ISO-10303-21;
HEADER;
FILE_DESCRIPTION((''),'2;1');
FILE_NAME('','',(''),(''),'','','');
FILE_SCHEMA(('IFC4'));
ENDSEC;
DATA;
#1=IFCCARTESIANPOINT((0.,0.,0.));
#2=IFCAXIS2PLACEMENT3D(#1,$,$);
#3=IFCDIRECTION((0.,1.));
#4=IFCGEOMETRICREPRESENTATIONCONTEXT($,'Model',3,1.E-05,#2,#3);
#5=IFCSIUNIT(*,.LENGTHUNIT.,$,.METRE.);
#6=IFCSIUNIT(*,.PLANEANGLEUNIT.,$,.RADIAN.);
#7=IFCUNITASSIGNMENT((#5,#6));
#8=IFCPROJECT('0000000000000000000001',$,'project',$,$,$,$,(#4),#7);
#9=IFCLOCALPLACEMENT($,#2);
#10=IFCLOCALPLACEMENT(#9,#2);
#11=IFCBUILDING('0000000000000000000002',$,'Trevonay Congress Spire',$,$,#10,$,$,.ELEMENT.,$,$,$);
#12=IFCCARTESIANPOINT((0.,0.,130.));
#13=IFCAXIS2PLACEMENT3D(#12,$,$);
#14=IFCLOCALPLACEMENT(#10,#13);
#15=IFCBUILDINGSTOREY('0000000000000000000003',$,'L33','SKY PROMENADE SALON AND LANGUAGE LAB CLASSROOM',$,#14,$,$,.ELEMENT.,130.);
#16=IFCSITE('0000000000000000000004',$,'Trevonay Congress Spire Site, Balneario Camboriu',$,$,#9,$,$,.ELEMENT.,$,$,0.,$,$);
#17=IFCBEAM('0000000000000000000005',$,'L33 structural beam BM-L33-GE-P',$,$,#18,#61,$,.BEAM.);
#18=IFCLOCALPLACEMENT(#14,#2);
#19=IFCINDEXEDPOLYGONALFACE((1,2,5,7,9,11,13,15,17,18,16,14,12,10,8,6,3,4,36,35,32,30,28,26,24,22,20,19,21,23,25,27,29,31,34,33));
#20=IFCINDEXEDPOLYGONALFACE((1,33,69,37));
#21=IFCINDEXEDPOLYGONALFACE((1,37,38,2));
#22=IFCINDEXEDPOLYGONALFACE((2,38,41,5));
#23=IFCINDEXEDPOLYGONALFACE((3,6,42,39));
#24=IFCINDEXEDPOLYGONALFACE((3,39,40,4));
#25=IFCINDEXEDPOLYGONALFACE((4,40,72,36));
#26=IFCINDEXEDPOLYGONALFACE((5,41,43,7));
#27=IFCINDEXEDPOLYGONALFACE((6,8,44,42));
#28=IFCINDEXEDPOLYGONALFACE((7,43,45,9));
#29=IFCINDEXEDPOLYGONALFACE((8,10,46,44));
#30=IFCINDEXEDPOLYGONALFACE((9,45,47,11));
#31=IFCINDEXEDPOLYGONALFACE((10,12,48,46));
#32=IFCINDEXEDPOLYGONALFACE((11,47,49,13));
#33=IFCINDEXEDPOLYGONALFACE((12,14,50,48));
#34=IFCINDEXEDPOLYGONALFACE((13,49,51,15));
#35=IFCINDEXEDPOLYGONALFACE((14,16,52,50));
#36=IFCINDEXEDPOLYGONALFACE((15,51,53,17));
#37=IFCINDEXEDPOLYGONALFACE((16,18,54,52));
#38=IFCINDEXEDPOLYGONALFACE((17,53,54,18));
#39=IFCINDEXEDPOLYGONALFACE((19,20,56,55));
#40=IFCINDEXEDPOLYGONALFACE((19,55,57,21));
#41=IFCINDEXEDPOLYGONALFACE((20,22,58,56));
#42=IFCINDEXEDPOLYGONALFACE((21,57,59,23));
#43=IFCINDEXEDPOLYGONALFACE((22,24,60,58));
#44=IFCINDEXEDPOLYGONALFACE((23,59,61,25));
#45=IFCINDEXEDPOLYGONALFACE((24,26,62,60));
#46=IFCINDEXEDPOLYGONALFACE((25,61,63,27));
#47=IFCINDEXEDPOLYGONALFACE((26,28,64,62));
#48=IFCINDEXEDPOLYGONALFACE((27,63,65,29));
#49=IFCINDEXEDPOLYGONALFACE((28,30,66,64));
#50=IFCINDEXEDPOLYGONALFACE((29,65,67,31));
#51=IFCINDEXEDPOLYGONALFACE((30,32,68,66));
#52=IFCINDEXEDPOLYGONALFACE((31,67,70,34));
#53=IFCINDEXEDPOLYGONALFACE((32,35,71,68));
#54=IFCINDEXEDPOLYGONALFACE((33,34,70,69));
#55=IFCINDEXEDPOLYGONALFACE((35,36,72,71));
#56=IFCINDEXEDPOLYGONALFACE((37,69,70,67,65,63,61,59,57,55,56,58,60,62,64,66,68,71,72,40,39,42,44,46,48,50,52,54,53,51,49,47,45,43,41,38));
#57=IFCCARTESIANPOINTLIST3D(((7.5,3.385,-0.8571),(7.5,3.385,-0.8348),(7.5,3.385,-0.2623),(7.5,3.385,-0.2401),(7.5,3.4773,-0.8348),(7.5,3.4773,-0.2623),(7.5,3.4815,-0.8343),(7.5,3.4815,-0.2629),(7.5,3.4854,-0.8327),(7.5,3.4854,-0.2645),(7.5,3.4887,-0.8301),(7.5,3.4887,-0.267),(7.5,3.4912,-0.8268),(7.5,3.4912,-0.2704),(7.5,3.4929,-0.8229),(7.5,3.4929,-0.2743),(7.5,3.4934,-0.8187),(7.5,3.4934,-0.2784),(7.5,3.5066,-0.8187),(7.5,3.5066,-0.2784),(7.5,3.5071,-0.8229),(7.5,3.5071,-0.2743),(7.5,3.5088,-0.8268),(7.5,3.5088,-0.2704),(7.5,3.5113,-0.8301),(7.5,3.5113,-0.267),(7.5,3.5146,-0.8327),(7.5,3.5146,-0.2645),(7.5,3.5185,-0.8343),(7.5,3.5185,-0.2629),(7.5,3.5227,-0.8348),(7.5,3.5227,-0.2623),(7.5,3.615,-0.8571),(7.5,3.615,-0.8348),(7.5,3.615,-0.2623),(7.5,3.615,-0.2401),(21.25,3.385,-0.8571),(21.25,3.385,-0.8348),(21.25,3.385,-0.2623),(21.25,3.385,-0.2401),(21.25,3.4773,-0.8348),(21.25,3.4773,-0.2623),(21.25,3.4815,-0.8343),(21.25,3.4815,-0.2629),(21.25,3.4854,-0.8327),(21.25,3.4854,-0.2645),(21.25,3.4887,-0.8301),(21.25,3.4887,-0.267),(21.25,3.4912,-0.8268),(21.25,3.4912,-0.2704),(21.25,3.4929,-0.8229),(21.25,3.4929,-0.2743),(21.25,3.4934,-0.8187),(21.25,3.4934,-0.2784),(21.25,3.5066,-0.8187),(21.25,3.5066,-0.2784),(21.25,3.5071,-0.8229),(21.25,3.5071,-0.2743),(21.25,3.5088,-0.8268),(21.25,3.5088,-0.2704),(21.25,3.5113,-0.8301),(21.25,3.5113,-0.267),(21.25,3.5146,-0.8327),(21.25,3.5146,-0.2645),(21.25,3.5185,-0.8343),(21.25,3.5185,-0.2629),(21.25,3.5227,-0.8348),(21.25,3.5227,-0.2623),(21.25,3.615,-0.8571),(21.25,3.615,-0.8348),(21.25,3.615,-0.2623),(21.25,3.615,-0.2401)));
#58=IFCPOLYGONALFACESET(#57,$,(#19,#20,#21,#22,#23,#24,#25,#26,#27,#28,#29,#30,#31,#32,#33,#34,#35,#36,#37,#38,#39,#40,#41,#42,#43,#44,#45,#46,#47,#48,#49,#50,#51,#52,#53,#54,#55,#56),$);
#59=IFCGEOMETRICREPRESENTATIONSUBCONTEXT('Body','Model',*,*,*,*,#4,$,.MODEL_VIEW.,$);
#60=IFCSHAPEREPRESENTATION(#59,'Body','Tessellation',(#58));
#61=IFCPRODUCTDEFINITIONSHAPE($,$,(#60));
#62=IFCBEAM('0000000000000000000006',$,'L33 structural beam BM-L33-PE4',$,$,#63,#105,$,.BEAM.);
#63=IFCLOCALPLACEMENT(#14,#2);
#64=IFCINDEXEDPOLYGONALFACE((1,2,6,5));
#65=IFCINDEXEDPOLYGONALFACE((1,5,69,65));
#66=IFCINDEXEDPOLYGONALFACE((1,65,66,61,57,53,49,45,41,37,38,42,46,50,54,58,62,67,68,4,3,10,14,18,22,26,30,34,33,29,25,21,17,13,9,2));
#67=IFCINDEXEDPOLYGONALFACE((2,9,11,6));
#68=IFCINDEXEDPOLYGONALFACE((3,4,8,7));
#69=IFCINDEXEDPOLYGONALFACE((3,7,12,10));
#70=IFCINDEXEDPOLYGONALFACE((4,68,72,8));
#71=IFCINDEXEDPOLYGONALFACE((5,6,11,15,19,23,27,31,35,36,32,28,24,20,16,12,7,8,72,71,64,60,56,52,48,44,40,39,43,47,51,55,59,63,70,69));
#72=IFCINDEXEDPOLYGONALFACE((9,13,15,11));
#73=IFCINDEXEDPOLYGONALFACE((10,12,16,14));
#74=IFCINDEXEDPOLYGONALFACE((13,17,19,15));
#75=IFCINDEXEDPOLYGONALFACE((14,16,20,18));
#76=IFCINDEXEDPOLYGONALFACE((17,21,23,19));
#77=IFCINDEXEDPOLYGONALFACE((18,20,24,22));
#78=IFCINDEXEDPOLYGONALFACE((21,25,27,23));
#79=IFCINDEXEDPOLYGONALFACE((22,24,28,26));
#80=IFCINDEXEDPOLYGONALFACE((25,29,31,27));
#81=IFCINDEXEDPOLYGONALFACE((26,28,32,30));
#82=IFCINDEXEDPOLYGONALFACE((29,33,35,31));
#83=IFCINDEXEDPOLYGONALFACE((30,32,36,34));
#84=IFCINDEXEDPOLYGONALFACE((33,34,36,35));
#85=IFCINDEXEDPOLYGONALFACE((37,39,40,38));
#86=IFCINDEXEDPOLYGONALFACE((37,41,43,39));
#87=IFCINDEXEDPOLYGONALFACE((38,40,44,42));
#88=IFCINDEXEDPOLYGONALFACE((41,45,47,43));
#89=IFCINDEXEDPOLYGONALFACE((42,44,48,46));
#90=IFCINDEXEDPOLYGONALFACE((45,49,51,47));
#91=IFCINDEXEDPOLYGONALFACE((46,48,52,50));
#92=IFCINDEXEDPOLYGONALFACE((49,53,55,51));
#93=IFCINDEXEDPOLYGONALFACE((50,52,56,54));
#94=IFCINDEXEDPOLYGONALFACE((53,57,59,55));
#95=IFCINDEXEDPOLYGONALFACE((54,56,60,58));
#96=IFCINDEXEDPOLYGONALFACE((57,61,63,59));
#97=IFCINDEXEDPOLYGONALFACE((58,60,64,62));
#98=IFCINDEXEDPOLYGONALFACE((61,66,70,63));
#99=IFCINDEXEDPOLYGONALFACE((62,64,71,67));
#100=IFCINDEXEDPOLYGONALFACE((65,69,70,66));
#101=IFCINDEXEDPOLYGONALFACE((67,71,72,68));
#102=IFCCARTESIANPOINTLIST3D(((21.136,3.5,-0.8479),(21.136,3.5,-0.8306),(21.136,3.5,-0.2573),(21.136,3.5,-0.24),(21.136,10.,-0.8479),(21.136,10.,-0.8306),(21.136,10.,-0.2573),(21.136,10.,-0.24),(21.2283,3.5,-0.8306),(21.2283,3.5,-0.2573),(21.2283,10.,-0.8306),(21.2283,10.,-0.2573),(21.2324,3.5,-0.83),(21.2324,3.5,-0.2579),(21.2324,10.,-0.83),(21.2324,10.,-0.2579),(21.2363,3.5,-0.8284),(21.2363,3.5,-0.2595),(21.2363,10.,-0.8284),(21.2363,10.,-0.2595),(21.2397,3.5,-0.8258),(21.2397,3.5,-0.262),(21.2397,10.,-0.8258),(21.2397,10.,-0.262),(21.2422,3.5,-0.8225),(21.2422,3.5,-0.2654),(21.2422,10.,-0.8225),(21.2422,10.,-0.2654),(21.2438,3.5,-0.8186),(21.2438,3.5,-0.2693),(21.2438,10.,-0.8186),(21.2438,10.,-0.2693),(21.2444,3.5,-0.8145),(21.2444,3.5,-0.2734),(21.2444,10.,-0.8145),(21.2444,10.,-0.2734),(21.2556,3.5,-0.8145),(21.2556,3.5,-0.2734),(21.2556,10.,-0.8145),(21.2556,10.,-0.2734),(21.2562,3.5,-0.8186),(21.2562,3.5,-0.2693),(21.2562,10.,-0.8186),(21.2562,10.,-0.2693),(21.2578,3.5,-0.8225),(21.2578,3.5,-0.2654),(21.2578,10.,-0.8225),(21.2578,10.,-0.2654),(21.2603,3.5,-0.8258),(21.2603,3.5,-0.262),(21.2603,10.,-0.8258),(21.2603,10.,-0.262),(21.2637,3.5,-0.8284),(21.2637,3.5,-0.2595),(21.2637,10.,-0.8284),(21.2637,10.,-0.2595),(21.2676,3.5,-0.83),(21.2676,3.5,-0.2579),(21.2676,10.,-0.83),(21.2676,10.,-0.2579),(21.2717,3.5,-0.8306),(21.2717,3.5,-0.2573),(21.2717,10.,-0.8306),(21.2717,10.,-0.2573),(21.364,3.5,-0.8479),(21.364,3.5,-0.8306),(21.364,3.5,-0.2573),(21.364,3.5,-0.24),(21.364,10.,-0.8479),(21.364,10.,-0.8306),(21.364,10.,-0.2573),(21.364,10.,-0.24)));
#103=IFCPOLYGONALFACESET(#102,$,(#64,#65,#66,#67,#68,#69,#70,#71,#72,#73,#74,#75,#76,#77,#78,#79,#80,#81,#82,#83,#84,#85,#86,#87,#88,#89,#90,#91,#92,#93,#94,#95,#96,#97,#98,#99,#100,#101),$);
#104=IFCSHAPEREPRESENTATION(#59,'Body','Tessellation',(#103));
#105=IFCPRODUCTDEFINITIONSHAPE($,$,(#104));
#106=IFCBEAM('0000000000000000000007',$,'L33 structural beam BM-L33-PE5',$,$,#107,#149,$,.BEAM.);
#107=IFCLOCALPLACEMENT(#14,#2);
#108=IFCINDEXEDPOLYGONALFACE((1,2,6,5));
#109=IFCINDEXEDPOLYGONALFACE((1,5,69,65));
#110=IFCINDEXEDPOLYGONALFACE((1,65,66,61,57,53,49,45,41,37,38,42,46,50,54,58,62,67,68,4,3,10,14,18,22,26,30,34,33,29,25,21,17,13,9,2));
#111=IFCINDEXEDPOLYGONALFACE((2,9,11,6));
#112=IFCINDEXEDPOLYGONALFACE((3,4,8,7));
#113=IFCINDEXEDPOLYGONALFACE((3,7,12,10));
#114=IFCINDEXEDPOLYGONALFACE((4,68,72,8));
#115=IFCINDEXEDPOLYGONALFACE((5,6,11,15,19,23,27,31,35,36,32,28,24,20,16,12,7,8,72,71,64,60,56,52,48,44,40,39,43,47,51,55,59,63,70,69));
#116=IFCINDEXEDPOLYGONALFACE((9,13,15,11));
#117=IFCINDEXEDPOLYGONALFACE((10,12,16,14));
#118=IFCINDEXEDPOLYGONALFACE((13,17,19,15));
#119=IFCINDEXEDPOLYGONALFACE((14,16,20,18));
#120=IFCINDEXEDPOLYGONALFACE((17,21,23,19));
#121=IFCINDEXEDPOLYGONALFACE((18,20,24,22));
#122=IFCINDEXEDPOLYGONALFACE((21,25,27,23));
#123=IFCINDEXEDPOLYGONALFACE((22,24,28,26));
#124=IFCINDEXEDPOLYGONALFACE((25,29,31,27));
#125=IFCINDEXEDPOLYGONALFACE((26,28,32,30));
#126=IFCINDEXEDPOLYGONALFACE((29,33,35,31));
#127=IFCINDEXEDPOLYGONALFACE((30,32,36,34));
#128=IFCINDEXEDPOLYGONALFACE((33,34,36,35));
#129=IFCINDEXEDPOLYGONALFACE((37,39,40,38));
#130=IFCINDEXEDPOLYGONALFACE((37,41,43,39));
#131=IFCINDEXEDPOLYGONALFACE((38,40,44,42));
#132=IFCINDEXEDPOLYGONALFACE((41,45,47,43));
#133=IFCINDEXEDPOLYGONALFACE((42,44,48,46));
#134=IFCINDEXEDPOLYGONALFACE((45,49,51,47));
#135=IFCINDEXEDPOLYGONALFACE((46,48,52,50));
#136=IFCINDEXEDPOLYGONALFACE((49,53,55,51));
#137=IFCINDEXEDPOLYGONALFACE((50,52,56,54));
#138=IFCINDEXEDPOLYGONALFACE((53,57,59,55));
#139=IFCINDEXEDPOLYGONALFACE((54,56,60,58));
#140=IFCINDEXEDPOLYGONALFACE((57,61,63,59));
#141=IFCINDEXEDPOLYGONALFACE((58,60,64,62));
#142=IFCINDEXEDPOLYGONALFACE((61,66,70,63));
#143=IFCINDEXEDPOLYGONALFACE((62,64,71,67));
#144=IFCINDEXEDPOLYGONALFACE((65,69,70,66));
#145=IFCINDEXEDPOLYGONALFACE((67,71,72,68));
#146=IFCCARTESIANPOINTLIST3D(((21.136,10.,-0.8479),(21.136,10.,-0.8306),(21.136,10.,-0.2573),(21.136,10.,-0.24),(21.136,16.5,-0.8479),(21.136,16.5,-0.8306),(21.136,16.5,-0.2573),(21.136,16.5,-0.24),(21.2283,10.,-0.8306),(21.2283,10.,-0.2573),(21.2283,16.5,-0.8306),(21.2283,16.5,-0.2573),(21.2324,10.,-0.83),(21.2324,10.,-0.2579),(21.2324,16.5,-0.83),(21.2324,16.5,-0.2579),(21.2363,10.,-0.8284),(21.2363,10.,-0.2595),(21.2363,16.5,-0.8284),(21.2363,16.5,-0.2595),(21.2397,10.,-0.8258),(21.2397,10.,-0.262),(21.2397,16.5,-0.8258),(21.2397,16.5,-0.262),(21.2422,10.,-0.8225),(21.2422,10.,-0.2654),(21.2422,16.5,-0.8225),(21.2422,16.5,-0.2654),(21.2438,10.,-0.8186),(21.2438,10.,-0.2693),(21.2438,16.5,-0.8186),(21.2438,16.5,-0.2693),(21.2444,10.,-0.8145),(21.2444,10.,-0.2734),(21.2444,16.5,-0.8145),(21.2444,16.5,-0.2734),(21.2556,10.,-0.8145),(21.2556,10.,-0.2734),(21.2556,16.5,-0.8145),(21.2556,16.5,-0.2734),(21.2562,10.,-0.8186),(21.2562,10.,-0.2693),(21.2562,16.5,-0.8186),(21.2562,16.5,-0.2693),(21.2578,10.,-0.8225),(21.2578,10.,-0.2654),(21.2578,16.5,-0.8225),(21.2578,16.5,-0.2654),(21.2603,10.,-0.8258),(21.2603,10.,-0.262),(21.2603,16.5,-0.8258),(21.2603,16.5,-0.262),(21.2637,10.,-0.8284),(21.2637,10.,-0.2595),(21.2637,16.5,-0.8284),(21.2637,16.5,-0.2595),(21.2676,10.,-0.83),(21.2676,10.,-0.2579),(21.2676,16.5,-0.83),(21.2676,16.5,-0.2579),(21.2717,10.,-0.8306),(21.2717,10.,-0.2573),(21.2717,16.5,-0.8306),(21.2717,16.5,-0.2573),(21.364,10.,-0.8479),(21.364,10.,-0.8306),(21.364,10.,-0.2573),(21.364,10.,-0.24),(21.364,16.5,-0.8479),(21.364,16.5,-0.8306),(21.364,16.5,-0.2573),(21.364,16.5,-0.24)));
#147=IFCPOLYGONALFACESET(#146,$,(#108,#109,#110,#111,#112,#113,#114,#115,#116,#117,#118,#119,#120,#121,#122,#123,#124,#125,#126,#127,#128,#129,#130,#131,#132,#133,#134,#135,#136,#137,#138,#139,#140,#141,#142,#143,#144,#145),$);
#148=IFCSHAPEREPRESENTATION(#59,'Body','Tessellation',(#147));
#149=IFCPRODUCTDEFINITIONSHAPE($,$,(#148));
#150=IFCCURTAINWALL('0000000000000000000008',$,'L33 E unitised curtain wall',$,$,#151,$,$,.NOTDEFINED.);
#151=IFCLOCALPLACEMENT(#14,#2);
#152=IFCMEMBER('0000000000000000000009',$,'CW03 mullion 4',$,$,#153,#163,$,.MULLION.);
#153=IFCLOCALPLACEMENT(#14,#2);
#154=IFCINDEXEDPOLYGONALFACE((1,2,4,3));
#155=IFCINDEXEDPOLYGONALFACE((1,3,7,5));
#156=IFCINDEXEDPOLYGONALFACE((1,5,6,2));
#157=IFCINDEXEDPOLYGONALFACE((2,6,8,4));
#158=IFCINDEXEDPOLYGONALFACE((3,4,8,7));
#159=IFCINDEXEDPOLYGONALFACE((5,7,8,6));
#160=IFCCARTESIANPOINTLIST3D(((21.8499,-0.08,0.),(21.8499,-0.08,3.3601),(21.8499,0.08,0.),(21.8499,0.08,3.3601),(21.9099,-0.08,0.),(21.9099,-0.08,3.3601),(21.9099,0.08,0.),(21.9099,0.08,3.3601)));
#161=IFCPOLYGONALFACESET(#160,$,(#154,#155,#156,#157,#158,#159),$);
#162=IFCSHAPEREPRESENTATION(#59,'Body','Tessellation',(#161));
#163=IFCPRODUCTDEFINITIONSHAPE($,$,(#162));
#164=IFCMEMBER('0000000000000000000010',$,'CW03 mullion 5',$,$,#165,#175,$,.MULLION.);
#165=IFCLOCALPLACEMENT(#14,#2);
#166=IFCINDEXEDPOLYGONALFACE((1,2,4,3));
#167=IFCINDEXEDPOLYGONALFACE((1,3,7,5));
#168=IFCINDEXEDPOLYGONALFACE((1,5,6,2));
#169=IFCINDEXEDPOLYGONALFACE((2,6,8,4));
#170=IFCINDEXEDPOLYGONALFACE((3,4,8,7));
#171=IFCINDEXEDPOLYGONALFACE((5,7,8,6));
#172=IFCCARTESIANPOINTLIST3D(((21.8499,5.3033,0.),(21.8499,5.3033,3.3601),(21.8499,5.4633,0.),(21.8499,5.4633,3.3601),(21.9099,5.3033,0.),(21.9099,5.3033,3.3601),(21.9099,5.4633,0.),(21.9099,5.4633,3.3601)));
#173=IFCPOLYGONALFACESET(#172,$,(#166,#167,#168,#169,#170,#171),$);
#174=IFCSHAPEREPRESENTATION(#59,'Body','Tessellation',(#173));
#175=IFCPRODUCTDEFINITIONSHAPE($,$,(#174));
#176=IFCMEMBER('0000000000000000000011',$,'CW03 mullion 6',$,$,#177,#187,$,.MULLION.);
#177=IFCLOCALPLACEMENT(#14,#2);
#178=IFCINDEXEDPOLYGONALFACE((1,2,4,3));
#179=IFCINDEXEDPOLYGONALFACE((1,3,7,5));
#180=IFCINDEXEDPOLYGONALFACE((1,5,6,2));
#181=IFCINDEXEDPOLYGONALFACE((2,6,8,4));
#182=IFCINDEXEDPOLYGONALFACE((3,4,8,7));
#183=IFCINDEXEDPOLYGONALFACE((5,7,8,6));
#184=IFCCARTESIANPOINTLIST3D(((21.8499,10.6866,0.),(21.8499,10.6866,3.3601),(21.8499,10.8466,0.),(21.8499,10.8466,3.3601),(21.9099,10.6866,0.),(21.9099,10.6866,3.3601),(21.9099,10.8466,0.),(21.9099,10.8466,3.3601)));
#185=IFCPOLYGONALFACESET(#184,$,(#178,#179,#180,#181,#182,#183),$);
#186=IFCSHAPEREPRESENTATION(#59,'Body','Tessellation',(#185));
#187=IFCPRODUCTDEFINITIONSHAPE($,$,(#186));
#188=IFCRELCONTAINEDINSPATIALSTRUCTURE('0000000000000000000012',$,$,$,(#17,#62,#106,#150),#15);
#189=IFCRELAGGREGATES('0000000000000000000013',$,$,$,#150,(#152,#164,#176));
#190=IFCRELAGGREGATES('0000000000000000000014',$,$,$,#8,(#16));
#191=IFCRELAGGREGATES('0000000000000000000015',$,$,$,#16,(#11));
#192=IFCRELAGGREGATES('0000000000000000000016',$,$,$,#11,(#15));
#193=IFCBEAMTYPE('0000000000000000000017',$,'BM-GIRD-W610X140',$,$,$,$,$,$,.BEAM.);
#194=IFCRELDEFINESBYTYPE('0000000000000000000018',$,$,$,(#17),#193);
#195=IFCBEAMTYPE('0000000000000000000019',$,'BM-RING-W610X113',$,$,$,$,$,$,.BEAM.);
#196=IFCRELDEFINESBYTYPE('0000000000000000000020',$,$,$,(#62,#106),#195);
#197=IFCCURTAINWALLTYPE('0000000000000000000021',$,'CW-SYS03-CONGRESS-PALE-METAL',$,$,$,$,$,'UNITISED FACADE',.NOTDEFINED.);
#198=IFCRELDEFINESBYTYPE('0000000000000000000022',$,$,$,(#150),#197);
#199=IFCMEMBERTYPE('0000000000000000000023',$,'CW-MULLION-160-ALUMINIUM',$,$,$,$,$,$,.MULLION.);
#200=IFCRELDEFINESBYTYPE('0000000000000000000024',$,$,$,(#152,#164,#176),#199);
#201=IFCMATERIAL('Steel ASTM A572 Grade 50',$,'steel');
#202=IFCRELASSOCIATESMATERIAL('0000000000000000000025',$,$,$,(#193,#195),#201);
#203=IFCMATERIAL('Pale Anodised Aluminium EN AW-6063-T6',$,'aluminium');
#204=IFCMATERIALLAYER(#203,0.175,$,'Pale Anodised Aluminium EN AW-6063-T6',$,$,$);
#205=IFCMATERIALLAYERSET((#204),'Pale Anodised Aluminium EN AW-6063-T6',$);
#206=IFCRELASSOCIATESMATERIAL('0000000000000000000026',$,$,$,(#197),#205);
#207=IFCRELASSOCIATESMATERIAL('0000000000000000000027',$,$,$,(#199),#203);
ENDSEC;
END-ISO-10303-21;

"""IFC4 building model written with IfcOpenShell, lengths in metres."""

from ifc_helpers import new_model, si_unit, direction, frame, origin, origin_2d, place, context, subcontext, project, spatial, rectangle, i_section, extrude, material, layer, layer_set, material_profile, profile_set, type_object, element, aggregate, save


model = new_model("IFC4")

# Units and contexts
model_context = context("Model", 3, precision=1e-05, world=origin(), true_north=direction((0.0, 1.0)))
body_context = subcontext(model_context, "Body", "Model", "MODEL_VIEW")
ifc_project = project(units=[si_unit("LENGTHUNIT", "METRE"), si_unit("PLANEANGLEUNIT", "RADIAN")], contexts=[model_context])

# Site, building, storey
site_placement = place(None, origin())
site = spatial("IfcSite", under=ifc_project, at=site_placement, Name="Trevonay Congress Spire Site, Balneario Camboriu", CompositionType="ELEMENT", RefElevation=0.0)
building_placement = place(site_placement, origin())
building = spatial("IfcBuilding", under=site, at=building_placement, Name="Trevonay Congress Spire", CompositionType="ELEMENT")
storey_placement = place(building_placement, frame((0.0, 0.0, 130.0)))
storey = spatial("IfcBuildingStorey", under=building, at=storey_placement, Name="L33", Description="SKY PROMENADE SALON AND LANGUAGE LAB CLASSROOM", CompositionType="ELEMENT", Elevation=130.0)

# Shared definitions
ifc_material_1 = material(Name="Steel ASTM A572 Grade 50", Category="steel")

# Beams
ifc_material_profile_1 = material_profile(ifc_material_1, i_section(OverallWidth=0.23, OverallDepth=0.6169, WebThickness=0.0132, FlangeThickness=0.0222, FilletRadius=0.0161, at=origin_2d()), Name="W610x140")
ifc_profile_set_1 = profile_set([ifc_material_profile_1], Name="Steel ASTM A572 Grade 50")
beam_type_1 = type_object("IfcBeamType", Name="BM-GIRD-W610X140", PredefinedType="BEAM", material=ifc_profile_set_1)
beam_1_placement = place(storey_placement, frame((7.5, 3.5, -0.5486), z_axis=(1.0, 0.0, 0.0), x_axis=(0.0, 1.0, 0.0)))
element("IfcBeam", 1, at=beam_1_placement, inside=storey, type_object=beam_type_1, Name="L33 structural beam BM-L33-GE-P", PredefinedType="BEAM", context=body_context, shape_type="SweptSolid", body=[
    extrude(i_section(OverallWidth=0.23, OverallDepth=0.6169, WebThickness=0.0132, FlangeThickness=0.0222, FilletRadius=0.0161, at=origin_2d()), origin(), (0.0, 0.0, 1.0), 13.75),
])
ifc_material_profile_2 = material_profile(ifc_material_1, i_section(OverallWidth=0.228, OverallDepth=0.6079, WebThickness=0.0112, FlangeThickness=0.0173, FilletRadius=0.0161, at=origin_2d()), Name="W610x113")
ifc_profile_set_2 = profile_set([ifc_material_profile_2], Name="Steel ASTM A572 Grade 50")
beam_type_2 = type_object("IfcBeamType", Name="BM-RING-W610X113", PredefinedType="BEAM", material=ifc_profile_set_2)
for number, where, z_axis, x_axis, name in (
    (2, (21.25, 3.5, -0.5439), (0.0, 1.0, 0.0), (-1.0, 0.0, 0.0), "L33 structural beam BM-L33-PE4"),
    (3, (21.25, 10.0, -0.5439), (0.0, 1.0, 0.0), (-1.0, 0.0, 0.0), "L33 structural beam BM-L33-PE5"),
):
    element("IfcBeam", number, at=place(storey_placement, frame(where, z_axis=z_axis, x_axis=x_axis)), inside=storey, type_object=beam_type_2, Name=name, PredefinedType="BEAM", context=body_context, shape_type="SweptSolid", body=[
        extrude(i_section(OverallWidth=0.228, OverallDepth=0.6079, WebThickness=0.0112, FlangeThickness=0.0173, FilletRadius=0.0161, at=origin_2d()), origin(), (0.0, 0.0, 1.0), 6.5),
    ])

# Curtain wall, members
ifc_material_2 = material(Name="Pale Anodised Aluminium EN AW-6063-T6", Category="aluminium")
ifc_layer_1 = layer(ifc_material_2, 0.175, Name="Pale Anodised Aluminium EN AW-6063-T6")
ifc_layer_set_1 = layer_set([ifc_layer_1], Name="Pale Anodised Aluminium EN AW-6063-T6")
curtain_wall_type = type_object("IfcCurtainWallType", Name="CW-SYS03-CONGRESS-PALE-METAL", ElementType="UNITISED FACADE", PredefinedType="NOTDEFINED", material=ifc_layer_set_1)
curtain_wall_placement = place(storey_placement, origin())
curtain_wall = element("IfcCurtainWall", 4, at=curtain_wall_placement, inside=storey, type_object=curtain_wall_type, Name="L33 E unitised curtain wall", PredefinedType="NOTDEFINED")
ifc_material_profile_3 = material_profile(ifc_material_2, rectangle(XDim=0.0601, YDim=0.1599, at=origin_2d()), Name="CW-MULLION-160-ALUMINIUM")
ifc_profile_set_3 = profile_set([ifc_material_profile_3], Name="Pale Anodised Aluminium EN AW-6063-T6")
member_type_1 = type_object("IfcMemberType", Name="CW-MULLION-160-ALUMINIUM", PredefinedType="MULLION", material=ifc_profile_set_3)
member_1_placement = place(storey_placement, frame((21.8799, 0.0, 0.0), z_axis=(0.0, 0.0, 1.0), x_axis=(-1.0, 0.0, 0.0)))
member_1 = element("IfcMember", 5, at=member_1_placement, type_object=member_type_1, Name="CW03 mullion 4", PredefinedType="MULLION", context=body_context, shape_type="SweptSolid", body=[
    extrude(rectangle(XDim=0.0601, YDim=0.1599, at=origin_2d()), origin(), (0.0, 0.0, 1.0), 3.3601),
])
member_2_placement = place(storey_placement, frame((21.8799, 5.3833, 0.0), z_axis=(0.0, 0.0, 1.0), x_axis=(-1.0, 0.0, 0.0)))
member_2 = element("IfcMember", 6, at=member_2_placement, type_object=member_type_1, Name="CW03 mullion 5", PredefinedType="MULLION", context=body_context, shape_type="SweptSolid", body=[
    extrude(rectangle(XDim=0.0601, YDim=0.1599, at=origin_2d()), origin(), (0.0, 0.0, 1.0), 3.3601),
])
member_3_placement = place(storey_placement, frame((21.8799, 10.7666, 0.0), z_axis=(0.0, 0.0, 1.0), x_axis=(-1.0, 0.0, 0.0)))
member_3 = element("IfcMember", 7, at=member_3_placement, type_object=member_type_1, Name="CW03 mullion 6", PredefinedType="MULLION", context=body_context, shape_type="SweptSolid", body=[
    extrude(rectangle(XDim=0.0601, YDim=0.1599, at=origin_2d()), origin(), (0.0, 0.0, 1.0), 3.3601),
])
aggregate(curtain_wall, [member_1, member_2, member_3])

save(model, "model.ifc")
